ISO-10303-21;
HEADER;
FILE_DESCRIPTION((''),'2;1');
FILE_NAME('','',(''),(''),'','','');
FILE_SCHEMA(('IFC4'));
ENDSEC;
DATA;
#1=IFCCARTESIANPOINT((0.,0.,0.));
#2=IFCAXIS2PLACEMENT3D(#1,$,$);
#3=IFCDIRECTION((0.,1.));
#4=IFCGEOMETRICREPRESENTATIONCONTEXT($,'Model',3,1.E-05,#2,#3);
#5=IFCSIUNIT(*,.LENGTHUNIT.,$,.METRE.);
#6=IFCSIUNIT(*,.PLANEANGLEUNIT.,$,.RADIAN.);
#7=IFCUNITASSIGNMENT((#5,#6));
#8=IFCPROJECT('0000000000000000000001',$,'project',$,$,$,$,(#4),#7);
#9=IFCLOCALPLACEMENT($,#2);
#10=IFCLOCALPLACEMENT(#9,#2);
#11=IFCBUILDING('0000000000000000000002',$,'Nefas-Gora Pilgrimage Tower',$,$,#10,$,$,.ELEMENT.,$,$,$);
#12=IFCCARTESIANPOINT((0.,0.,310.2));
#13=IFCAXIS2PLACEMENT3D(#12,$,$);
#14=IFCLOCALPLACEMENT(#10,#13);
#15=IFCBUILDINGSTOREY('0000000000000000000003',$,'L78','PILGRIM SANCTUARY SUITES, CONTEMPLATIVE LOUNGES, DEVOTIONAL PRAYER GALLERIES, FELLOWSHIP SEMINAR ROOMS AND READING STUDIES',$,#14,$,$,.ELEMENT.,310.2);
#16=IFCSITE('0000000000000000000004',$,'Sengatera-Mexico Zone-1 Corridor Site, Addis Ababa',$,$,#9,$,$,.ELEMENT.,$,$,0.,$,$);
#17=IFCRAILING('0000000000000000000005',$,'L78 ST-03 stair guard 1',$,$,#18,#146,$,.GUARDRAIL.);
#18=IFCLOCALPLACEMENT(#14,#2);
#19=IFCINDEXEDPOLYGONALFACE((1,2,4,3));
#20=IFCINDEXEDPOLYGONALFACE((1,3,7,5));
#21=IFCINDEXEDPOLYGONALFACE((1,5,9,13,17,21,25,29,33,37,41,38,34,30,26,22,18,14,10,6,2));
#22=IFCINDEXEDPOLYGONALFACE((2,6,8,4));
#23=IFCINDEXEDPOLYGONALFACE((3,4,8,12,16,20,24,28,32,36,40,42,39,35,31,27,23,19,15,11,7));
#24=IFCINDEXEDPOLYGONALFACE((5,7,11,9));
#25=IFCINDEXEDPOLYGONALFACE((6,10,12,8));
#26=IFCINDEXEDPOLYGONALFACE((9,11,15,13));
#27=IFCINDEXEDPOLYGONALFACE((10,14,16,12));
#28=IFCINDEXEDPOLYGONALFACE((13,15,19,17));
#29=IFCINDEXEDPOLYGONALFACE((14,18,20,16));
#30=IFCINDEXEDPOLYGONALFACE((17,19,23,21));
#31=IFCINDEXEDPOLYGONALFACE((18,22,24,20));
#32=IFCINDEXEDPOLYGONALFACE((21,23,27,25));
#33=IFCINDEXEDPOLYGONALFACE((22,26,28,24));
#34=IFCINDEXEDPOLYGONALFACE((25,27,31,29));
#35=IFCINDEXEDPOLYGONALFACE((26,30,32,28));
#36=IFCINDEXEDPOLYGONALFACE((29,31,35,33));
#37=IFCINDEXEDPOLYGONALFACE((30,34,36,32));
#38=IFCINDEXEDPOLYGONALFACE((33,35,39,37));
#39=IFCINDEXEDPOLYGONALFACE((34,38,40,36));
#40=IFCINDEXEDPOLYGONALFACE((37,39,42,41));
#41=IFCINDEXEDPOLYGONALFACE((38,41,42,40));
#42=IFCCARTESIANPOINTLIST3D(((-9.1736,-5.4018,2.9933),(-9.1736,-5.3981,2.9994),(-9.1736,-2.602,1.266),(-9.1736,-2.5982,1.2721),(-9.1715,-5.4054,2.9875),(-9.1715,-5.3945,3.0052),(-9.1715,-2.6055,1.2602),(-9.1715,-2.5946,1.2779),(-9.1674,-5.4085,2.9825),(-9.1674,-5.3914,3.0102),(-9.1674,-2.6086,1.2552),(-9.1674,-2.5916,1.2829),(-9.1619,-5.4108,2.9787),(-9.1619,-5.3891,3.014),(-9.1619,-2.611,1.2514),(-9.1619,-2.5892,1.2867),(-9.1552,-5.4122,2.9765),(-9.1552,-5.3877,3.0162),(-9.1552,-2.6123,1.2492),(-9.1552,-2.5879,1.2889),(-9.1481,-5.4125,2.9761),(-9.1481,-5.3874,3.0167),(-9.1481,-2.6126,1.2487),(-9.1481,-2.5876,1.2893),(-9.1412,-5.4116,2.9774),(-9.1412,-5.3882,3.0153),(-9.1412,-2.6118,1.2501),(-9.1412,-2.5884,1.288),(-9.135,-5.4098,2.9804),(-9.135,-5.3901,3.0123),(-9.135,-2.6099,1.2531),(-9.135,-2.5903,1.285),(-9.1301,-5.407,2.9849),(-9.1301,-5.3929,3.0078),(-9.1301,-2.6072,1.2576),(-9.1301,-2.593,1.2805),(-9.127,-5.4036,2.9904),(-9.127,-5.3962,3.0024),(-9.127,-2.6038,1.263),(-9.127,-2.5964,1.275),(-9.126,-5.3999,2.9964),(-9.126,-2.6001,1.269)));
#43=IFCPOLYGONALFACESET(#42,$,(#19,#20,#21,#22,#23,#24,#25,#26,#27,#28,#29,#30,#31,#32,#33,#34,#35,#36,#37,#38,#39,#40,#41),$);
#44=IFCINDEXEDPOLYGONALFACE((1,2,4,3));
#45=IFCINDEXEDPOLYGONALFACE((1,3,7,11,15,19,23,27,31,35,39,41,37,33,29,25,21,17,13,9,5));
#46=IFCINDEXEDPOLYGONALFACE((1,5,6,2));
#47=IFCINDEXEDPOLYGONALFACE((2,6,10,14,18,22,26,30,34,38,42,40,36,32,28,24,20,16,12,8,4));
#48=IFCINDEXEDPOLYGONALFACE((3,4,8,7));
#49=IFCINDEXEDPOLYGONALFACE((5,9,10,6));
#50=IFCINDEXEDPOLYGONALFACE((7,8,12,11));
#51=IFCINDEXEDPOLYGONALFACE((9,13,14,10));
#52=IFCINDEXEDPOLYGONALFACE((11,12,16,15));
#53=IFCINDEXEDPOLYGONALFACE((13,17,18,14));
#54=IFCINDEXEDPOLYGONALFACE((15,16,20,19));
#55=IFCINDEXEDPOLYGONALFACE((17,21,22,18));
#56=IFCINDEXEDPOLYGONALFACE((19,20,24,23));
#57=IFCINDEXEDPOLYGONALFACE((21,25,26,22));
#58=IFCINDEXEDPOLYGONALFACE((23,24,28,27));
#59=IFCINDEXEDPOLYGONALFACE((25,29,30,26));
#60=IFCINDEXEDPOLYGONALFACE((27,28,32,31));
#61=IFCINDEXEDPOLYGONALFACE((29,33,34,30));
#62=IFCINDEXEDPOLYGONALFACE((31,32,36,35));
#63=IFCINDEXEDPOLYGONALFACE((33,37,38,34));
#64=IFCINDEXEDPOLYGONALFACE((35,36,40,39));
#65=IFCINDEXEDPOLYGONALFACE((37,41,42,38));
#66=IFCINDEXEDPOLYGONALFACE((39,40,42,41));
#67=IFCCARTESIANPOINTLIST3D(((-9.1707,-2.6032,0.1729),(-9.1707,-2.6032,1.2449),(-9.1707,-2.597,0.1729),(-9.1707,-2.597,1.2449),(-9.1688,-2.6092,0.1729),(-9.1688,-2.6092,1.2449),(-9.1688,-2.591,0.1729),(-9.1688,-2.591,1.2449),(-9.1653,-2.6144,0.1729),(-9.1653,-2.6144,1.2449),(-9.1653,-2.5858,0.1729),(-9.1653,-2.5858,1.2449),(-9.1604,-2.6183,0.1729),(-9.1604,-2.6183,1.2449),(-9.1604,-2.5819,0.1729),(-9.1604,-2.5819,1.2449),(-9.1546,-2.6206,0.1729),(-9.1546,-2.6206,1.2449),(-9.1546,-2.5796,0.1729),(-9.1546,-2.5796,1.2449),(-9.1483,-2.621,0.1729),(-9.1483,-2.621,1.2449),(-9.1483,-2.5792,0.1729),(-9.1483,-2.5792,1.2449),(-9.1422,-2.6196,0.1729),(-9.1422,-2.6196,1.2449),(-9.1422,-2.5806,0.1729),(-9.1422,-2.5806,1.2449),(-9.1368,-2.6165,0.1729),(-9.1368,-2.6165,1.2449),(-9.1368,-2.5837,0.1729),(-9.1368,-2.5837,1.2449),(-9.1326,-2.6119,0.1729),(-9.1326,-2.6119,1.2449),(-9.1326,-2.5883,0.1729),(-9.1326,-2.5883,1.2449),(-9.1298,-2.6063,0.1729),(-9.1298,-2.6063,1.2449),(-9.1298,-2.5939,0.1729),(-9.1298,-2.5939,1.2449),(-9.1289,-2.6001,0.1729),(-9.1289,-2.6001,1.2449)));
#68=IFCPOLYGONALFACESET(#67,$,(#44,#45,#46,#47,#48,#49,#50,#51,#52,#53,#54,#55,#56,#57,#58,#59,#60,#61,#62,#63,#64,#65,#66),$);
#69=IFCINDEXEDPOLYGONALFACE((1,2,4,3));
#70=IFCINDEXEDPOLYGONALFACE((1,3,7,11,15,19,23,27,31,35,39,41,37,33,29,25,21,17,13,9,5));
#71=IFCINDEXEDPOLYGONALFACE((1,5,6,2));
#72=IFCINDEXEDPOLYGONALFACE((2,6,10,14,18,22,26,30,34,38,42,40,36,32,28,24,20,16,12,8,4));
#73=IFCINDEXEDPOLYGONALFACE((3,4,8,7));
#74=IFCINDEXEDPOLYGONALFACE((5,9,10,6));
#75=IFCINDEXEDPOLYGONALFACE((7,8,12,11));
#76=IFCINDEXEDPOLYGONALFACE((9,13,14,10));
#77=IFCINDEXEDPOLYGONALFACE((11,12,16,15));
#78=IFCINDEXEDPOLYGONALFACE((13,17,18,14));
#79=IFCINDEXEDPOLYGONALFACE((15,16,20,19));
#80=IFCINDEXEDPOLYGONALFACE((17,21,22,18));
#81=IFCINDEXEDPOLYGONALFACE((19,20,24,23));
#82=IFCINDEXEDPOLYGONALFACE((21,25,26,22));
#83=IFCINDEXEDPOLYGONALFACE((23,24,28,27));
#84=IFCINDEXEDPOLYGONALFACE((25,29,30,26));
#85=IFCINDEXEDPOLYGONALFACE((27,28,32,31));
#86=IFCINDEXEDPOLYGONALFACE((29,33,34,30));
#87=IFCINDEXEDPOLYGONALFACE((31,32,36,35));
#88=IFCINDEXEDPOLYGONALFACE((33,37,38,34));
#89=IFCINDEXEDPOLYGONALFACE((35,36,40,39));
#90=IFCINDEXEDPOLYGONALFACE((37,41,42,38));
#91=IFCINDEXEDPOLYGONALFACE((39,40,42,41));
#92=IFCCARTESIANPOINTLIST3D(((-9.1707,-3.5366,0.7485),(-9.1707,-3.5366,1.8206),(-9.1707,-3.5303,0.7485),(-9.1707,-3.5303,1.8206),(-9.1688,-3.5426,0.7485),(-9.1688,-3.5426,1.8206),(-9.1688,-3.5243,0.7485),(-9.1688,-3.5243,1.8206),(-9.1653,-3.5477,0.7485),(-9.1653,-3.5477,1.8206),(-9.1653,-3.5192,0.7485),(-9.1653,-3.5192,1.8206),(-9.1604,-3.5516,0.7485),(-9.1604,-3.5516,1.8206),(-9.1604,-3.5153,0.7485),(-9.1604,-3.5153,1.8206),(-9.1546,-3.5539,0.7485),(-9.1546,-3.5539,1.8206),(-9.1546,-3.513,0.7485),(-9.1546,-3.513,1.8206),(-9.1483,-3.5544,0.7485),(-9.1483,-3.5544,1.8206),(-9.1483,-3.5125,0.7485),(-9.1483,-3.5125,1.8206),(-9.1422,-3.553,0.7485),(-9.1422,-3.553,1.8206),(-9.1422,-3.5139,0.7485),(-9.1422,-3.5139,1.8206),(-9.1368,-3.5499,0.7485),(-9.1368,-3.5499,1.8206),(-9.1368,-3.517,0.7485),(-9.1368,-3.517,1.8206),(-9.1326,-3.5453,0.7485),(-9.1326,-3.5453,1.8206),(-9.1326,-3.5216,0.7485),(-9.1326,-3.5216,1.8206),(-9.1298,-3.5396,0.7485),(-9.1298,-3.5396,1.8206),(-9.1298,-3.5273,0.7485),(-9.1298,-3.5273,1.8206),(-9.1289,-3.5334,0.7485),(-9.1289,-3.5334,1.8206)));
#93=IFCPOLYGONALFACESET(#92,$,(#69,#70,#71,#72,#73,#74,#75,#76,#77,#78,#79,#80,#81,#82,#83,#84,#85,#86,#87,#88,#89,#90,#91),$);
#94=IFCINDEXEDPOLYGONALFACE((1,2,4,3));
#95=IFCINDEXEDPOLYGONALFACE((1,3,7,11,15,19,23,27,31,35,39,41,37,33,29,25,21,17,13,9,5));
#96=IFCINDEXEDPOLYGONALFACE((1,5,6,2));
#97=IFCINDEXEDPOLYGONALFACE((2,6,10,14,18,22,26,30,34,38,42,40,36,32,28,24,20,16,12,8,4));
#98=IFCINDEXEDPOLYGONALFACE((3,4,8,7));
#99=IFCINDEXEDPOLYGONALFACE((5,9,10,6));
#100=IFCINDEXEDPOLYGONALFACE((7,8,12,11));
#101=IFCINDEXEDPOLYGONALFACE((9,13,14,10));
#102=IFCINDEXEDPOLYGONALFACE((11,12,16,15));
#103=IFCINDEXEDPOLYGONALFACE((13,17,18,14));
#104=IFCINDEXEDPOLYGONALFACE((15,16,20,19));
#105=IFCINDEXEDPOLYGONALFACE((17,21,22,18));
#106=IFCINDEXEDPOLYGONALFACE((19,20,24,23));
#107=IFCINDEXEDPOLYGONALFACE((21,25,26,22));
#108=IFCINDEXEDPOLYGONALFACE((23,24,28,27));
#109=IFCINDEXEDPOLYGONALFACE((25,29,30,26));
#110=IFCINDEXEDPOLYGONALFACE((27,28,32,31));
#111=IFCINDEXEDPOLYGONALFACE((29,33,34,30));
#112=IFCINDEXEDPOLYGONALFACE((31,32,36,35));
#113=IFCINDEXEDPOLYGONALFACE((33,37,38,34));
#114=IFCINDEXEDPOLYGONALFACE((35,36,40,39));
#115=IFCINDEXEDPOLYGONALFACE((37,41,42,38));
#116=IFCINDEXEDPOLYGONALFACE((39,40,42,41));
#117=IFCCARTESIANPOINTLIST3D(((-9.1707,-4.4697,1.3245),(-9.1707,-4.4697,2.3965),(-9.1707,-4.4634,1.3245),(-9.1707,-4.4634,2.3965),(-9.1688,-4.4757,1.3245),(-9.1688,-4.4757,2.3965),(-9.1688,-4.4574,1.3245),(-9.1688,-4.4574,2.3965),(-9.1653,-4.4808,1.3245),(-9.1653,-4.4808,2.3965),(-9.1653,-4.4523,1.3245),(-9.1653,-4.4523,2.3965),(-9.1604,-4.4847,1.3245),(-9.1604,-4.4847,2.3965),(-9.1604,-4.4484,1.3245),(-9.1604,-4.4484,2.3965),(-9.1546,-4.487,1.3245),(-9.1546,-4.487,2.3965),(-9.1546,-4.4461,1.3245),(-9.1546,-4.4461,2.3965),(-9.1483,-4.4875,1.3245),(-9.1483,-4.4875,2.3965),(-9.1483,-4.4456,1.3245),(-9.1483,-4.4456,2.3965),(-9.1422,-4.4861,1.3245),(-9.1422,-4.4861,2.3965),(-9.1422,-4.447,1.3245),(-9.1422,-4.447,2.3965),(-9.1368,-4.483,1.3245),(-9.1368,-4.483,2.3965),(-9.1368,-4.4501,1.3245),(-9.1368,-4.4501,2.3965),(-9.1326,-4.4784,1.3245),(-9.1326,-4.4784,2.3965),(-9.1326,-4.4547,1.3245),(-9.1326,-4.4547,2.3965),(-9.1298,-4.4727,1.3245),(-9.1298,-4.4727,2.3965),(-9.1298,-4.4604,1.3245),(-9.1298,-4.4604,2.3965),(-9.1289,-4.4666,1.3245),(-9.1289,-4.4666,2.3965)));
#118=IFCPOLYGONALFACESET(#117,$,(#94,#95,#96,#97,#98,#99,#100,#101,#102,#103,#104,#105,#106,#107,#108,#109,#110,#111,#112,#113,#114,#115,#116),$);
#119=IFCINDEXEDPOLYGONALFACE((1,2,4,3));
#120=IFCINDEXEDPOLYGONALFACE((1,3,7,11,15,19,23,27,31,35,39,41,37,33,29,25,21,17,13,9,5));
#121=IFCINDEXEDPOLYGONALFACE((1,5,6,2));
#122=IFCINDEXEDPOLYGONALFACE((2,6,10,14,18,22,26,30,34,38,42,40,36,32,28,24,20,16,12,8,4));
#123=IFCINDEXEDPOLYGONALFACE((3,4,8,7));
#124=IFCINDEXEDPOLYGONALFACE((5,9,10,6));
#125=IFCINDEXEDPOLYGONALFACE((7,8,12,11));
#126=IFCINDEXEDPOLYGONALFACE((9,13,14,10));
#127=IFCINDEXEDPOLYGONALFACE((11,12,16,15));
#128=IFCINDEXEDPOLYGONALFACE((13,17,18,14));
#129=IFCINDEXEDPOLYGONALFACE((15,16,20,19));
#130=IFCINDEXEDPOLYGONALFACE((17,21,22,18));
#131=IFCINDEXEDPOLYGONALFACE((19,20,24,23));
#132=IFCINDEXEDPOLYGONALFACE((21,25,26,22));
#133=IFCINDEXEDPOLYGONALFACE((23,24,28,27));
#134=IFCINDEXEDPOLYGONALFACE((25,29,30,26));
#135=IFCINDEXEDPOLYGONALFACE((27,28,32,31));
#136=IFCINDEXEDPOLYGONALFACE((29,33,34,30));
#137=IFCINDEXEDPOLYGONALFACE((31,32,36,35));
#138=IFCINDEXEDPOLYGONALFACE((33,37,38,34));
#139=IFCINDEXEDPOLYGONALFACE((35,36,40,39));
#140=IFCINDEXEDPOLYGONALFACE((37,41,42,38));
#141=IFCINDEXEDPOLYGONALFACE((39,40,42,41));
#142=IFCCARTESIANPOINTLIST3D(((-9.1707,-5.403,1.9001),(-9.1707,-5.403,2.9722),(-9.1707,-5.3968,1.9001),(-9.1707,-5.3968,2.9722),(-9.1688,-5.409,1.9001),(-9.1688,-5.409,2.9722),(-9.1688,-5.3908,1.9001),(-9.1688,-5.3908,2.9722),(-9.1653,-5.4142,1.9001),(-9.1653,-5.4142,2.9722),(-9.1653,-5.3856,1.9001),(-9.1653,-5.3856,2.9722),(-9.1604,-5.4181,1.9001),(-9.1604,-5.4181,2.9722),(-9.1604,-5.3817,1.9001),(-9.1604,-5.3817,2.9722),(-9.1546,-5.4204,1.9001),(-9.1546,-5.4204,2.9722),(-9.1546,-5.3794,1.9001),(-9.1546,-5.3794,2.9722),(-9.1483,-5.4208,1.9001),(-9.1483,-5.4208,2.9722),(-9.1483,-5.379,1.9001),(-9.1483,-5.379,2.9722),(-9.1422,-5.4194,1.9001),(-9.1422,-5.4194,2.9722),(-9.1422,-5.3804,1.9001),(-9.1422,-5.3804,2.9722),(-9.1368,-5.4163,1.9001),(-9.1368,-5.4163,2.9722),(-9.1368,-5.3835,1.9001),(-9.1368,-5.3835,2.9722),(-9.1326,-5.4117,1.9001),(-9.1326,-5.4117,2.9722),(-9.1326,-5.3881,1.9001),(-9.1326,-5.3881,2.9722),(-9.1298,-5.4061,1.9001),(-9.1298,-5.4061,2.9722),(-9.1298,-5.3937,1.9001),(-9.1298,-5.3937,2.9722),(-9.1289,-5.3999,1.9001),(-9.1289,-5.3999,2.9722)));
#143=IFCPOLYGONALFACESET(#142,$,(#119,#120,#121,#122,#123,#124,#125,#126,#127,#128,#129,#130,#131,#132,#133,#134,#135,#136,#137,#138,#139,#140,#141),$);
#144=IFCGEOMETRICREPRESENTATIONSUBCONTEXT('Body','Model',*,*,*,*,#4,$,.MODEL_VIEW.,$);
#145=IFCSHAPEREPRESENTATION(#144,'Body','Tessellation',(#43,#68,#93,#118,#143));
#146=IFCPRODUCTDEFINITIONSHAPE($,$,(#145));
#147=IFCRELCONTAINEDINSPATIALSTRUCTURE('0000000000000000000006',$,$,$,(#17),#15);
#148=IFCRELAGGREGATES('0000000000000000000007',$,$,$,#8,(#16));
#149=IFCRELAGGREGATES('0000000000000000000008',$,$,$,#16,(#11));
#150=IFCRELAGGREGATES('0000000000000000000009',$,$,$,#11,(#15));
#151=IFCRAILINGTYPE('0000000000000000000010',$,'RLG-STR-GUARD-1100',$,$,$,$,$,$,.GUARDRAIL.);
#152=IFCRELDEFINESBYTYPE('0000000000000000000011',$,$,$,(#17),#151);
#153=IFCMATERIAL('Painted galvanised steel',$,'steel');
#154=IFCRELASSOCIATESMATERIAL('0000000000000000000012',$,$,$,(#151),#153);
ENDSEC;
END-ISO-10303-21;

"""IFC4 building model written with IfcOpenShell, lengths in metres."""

from ifc_helpers import new_model, si_unit, direction, frame, origin, origin_2d, place, context, subcontext, project, spatial, circle, extrude, material, type_object, element, save


model = new_model("IFC4")

# Units and contexts
model_context = context("Model", 3, precision=1e-05, world=origin(), true_north=direction((0.0, 1.0)))
body_context = subcontext(model_context, "Body", "Model", "MODEL_VIEW")
ifc_project = project(units=[si_unit("LENGTHUNIT", "METRE"), si_unit("PLANEANGLEUNIT", "RADIAN")], contexts=[model_context])

# Site, building, storey
site_placement = place(None, origin())
site = spatial("IfcSite", under=ifc_project, at=site_placement, Name="Sengatera-Mexico Zone-1 Corridor Site, Addis Ababa", CompositionType="ELEMENT", RefElevation=0.0)
building_placement = place(site_placement, origin())
building = spatial("IfcBuilding", under=site, at=building_placement, Name="Nefas-Gora Pilgrimage Tower", CompositionType="ELEMENT")
storey_placement = place(building_placement, frame((0.0, 0.0, 310.2)))
storey = spatial("IfcBuildingStorey", under=building, at=storey_placement, Name="L78", Description="PILGRIM SANCTUARY SUITES, CONTEMPLATIVE LOUNGES, DEVOTIONAL PRAYER GALLERIES, FELLOWSHIP SEMINAR ROOMS AND READING STUDIES", CompositionType="ELEMENT", Elevation=310.2)

# Railing
ifc_material_1 = material(Name="Painted galvanised steel", Category="steel")
railing_type_1 = type_object("IfcRailingType", Name="RLG-STR-GUARD-1100", PredefinedType="GUARDRAIL", material=ifc_material_1)
railing_1_placement = place(storey_placement, frame((-9.1499, -2.6001, 0.1729)))
element("IfcRailing", 1, at=railing_1_placement, inside=storey, type_object=railing_type_1, Name="L78 ST-03 stair guard 1", PredefinedType="GUARDRAIL", context=body_context, shape_type="SweptSolid", body=[
    extrude(circle(Radius=0.0239, at=origin_2d()), frame((0.0, 0.0, 1.0962), z_axis=(0.0, -0.851069, 0.525054), x_axis=(1.0, 0.0, 0.0)), (0.0, 0.0, 1.0), 3.2898),
    extrude(circle(Radius=0.021, at=origin_2d()), origin(), (0.0, 0.0, 1.0), 1.072),
    extrude(circle(Radius=0.021, at=origin_2d()), frame((0.0, -0.9333, 0.5757)), (0.0, 0.0, 1.0), 1.072),
    extrude(circle(Radius=0.021, at=origin_2d()), frame((0.0, -1.8665, 1.1516)), (0.0, 0.0, 1.0), 1.072),
    extrude(circle(Radius=0.021, at=origin_2d()), frame((0.0, -2.7998, 1.7273)), (0.0, 0.0, 1.0), 1.072),
])

save(model, "model.ifc")
